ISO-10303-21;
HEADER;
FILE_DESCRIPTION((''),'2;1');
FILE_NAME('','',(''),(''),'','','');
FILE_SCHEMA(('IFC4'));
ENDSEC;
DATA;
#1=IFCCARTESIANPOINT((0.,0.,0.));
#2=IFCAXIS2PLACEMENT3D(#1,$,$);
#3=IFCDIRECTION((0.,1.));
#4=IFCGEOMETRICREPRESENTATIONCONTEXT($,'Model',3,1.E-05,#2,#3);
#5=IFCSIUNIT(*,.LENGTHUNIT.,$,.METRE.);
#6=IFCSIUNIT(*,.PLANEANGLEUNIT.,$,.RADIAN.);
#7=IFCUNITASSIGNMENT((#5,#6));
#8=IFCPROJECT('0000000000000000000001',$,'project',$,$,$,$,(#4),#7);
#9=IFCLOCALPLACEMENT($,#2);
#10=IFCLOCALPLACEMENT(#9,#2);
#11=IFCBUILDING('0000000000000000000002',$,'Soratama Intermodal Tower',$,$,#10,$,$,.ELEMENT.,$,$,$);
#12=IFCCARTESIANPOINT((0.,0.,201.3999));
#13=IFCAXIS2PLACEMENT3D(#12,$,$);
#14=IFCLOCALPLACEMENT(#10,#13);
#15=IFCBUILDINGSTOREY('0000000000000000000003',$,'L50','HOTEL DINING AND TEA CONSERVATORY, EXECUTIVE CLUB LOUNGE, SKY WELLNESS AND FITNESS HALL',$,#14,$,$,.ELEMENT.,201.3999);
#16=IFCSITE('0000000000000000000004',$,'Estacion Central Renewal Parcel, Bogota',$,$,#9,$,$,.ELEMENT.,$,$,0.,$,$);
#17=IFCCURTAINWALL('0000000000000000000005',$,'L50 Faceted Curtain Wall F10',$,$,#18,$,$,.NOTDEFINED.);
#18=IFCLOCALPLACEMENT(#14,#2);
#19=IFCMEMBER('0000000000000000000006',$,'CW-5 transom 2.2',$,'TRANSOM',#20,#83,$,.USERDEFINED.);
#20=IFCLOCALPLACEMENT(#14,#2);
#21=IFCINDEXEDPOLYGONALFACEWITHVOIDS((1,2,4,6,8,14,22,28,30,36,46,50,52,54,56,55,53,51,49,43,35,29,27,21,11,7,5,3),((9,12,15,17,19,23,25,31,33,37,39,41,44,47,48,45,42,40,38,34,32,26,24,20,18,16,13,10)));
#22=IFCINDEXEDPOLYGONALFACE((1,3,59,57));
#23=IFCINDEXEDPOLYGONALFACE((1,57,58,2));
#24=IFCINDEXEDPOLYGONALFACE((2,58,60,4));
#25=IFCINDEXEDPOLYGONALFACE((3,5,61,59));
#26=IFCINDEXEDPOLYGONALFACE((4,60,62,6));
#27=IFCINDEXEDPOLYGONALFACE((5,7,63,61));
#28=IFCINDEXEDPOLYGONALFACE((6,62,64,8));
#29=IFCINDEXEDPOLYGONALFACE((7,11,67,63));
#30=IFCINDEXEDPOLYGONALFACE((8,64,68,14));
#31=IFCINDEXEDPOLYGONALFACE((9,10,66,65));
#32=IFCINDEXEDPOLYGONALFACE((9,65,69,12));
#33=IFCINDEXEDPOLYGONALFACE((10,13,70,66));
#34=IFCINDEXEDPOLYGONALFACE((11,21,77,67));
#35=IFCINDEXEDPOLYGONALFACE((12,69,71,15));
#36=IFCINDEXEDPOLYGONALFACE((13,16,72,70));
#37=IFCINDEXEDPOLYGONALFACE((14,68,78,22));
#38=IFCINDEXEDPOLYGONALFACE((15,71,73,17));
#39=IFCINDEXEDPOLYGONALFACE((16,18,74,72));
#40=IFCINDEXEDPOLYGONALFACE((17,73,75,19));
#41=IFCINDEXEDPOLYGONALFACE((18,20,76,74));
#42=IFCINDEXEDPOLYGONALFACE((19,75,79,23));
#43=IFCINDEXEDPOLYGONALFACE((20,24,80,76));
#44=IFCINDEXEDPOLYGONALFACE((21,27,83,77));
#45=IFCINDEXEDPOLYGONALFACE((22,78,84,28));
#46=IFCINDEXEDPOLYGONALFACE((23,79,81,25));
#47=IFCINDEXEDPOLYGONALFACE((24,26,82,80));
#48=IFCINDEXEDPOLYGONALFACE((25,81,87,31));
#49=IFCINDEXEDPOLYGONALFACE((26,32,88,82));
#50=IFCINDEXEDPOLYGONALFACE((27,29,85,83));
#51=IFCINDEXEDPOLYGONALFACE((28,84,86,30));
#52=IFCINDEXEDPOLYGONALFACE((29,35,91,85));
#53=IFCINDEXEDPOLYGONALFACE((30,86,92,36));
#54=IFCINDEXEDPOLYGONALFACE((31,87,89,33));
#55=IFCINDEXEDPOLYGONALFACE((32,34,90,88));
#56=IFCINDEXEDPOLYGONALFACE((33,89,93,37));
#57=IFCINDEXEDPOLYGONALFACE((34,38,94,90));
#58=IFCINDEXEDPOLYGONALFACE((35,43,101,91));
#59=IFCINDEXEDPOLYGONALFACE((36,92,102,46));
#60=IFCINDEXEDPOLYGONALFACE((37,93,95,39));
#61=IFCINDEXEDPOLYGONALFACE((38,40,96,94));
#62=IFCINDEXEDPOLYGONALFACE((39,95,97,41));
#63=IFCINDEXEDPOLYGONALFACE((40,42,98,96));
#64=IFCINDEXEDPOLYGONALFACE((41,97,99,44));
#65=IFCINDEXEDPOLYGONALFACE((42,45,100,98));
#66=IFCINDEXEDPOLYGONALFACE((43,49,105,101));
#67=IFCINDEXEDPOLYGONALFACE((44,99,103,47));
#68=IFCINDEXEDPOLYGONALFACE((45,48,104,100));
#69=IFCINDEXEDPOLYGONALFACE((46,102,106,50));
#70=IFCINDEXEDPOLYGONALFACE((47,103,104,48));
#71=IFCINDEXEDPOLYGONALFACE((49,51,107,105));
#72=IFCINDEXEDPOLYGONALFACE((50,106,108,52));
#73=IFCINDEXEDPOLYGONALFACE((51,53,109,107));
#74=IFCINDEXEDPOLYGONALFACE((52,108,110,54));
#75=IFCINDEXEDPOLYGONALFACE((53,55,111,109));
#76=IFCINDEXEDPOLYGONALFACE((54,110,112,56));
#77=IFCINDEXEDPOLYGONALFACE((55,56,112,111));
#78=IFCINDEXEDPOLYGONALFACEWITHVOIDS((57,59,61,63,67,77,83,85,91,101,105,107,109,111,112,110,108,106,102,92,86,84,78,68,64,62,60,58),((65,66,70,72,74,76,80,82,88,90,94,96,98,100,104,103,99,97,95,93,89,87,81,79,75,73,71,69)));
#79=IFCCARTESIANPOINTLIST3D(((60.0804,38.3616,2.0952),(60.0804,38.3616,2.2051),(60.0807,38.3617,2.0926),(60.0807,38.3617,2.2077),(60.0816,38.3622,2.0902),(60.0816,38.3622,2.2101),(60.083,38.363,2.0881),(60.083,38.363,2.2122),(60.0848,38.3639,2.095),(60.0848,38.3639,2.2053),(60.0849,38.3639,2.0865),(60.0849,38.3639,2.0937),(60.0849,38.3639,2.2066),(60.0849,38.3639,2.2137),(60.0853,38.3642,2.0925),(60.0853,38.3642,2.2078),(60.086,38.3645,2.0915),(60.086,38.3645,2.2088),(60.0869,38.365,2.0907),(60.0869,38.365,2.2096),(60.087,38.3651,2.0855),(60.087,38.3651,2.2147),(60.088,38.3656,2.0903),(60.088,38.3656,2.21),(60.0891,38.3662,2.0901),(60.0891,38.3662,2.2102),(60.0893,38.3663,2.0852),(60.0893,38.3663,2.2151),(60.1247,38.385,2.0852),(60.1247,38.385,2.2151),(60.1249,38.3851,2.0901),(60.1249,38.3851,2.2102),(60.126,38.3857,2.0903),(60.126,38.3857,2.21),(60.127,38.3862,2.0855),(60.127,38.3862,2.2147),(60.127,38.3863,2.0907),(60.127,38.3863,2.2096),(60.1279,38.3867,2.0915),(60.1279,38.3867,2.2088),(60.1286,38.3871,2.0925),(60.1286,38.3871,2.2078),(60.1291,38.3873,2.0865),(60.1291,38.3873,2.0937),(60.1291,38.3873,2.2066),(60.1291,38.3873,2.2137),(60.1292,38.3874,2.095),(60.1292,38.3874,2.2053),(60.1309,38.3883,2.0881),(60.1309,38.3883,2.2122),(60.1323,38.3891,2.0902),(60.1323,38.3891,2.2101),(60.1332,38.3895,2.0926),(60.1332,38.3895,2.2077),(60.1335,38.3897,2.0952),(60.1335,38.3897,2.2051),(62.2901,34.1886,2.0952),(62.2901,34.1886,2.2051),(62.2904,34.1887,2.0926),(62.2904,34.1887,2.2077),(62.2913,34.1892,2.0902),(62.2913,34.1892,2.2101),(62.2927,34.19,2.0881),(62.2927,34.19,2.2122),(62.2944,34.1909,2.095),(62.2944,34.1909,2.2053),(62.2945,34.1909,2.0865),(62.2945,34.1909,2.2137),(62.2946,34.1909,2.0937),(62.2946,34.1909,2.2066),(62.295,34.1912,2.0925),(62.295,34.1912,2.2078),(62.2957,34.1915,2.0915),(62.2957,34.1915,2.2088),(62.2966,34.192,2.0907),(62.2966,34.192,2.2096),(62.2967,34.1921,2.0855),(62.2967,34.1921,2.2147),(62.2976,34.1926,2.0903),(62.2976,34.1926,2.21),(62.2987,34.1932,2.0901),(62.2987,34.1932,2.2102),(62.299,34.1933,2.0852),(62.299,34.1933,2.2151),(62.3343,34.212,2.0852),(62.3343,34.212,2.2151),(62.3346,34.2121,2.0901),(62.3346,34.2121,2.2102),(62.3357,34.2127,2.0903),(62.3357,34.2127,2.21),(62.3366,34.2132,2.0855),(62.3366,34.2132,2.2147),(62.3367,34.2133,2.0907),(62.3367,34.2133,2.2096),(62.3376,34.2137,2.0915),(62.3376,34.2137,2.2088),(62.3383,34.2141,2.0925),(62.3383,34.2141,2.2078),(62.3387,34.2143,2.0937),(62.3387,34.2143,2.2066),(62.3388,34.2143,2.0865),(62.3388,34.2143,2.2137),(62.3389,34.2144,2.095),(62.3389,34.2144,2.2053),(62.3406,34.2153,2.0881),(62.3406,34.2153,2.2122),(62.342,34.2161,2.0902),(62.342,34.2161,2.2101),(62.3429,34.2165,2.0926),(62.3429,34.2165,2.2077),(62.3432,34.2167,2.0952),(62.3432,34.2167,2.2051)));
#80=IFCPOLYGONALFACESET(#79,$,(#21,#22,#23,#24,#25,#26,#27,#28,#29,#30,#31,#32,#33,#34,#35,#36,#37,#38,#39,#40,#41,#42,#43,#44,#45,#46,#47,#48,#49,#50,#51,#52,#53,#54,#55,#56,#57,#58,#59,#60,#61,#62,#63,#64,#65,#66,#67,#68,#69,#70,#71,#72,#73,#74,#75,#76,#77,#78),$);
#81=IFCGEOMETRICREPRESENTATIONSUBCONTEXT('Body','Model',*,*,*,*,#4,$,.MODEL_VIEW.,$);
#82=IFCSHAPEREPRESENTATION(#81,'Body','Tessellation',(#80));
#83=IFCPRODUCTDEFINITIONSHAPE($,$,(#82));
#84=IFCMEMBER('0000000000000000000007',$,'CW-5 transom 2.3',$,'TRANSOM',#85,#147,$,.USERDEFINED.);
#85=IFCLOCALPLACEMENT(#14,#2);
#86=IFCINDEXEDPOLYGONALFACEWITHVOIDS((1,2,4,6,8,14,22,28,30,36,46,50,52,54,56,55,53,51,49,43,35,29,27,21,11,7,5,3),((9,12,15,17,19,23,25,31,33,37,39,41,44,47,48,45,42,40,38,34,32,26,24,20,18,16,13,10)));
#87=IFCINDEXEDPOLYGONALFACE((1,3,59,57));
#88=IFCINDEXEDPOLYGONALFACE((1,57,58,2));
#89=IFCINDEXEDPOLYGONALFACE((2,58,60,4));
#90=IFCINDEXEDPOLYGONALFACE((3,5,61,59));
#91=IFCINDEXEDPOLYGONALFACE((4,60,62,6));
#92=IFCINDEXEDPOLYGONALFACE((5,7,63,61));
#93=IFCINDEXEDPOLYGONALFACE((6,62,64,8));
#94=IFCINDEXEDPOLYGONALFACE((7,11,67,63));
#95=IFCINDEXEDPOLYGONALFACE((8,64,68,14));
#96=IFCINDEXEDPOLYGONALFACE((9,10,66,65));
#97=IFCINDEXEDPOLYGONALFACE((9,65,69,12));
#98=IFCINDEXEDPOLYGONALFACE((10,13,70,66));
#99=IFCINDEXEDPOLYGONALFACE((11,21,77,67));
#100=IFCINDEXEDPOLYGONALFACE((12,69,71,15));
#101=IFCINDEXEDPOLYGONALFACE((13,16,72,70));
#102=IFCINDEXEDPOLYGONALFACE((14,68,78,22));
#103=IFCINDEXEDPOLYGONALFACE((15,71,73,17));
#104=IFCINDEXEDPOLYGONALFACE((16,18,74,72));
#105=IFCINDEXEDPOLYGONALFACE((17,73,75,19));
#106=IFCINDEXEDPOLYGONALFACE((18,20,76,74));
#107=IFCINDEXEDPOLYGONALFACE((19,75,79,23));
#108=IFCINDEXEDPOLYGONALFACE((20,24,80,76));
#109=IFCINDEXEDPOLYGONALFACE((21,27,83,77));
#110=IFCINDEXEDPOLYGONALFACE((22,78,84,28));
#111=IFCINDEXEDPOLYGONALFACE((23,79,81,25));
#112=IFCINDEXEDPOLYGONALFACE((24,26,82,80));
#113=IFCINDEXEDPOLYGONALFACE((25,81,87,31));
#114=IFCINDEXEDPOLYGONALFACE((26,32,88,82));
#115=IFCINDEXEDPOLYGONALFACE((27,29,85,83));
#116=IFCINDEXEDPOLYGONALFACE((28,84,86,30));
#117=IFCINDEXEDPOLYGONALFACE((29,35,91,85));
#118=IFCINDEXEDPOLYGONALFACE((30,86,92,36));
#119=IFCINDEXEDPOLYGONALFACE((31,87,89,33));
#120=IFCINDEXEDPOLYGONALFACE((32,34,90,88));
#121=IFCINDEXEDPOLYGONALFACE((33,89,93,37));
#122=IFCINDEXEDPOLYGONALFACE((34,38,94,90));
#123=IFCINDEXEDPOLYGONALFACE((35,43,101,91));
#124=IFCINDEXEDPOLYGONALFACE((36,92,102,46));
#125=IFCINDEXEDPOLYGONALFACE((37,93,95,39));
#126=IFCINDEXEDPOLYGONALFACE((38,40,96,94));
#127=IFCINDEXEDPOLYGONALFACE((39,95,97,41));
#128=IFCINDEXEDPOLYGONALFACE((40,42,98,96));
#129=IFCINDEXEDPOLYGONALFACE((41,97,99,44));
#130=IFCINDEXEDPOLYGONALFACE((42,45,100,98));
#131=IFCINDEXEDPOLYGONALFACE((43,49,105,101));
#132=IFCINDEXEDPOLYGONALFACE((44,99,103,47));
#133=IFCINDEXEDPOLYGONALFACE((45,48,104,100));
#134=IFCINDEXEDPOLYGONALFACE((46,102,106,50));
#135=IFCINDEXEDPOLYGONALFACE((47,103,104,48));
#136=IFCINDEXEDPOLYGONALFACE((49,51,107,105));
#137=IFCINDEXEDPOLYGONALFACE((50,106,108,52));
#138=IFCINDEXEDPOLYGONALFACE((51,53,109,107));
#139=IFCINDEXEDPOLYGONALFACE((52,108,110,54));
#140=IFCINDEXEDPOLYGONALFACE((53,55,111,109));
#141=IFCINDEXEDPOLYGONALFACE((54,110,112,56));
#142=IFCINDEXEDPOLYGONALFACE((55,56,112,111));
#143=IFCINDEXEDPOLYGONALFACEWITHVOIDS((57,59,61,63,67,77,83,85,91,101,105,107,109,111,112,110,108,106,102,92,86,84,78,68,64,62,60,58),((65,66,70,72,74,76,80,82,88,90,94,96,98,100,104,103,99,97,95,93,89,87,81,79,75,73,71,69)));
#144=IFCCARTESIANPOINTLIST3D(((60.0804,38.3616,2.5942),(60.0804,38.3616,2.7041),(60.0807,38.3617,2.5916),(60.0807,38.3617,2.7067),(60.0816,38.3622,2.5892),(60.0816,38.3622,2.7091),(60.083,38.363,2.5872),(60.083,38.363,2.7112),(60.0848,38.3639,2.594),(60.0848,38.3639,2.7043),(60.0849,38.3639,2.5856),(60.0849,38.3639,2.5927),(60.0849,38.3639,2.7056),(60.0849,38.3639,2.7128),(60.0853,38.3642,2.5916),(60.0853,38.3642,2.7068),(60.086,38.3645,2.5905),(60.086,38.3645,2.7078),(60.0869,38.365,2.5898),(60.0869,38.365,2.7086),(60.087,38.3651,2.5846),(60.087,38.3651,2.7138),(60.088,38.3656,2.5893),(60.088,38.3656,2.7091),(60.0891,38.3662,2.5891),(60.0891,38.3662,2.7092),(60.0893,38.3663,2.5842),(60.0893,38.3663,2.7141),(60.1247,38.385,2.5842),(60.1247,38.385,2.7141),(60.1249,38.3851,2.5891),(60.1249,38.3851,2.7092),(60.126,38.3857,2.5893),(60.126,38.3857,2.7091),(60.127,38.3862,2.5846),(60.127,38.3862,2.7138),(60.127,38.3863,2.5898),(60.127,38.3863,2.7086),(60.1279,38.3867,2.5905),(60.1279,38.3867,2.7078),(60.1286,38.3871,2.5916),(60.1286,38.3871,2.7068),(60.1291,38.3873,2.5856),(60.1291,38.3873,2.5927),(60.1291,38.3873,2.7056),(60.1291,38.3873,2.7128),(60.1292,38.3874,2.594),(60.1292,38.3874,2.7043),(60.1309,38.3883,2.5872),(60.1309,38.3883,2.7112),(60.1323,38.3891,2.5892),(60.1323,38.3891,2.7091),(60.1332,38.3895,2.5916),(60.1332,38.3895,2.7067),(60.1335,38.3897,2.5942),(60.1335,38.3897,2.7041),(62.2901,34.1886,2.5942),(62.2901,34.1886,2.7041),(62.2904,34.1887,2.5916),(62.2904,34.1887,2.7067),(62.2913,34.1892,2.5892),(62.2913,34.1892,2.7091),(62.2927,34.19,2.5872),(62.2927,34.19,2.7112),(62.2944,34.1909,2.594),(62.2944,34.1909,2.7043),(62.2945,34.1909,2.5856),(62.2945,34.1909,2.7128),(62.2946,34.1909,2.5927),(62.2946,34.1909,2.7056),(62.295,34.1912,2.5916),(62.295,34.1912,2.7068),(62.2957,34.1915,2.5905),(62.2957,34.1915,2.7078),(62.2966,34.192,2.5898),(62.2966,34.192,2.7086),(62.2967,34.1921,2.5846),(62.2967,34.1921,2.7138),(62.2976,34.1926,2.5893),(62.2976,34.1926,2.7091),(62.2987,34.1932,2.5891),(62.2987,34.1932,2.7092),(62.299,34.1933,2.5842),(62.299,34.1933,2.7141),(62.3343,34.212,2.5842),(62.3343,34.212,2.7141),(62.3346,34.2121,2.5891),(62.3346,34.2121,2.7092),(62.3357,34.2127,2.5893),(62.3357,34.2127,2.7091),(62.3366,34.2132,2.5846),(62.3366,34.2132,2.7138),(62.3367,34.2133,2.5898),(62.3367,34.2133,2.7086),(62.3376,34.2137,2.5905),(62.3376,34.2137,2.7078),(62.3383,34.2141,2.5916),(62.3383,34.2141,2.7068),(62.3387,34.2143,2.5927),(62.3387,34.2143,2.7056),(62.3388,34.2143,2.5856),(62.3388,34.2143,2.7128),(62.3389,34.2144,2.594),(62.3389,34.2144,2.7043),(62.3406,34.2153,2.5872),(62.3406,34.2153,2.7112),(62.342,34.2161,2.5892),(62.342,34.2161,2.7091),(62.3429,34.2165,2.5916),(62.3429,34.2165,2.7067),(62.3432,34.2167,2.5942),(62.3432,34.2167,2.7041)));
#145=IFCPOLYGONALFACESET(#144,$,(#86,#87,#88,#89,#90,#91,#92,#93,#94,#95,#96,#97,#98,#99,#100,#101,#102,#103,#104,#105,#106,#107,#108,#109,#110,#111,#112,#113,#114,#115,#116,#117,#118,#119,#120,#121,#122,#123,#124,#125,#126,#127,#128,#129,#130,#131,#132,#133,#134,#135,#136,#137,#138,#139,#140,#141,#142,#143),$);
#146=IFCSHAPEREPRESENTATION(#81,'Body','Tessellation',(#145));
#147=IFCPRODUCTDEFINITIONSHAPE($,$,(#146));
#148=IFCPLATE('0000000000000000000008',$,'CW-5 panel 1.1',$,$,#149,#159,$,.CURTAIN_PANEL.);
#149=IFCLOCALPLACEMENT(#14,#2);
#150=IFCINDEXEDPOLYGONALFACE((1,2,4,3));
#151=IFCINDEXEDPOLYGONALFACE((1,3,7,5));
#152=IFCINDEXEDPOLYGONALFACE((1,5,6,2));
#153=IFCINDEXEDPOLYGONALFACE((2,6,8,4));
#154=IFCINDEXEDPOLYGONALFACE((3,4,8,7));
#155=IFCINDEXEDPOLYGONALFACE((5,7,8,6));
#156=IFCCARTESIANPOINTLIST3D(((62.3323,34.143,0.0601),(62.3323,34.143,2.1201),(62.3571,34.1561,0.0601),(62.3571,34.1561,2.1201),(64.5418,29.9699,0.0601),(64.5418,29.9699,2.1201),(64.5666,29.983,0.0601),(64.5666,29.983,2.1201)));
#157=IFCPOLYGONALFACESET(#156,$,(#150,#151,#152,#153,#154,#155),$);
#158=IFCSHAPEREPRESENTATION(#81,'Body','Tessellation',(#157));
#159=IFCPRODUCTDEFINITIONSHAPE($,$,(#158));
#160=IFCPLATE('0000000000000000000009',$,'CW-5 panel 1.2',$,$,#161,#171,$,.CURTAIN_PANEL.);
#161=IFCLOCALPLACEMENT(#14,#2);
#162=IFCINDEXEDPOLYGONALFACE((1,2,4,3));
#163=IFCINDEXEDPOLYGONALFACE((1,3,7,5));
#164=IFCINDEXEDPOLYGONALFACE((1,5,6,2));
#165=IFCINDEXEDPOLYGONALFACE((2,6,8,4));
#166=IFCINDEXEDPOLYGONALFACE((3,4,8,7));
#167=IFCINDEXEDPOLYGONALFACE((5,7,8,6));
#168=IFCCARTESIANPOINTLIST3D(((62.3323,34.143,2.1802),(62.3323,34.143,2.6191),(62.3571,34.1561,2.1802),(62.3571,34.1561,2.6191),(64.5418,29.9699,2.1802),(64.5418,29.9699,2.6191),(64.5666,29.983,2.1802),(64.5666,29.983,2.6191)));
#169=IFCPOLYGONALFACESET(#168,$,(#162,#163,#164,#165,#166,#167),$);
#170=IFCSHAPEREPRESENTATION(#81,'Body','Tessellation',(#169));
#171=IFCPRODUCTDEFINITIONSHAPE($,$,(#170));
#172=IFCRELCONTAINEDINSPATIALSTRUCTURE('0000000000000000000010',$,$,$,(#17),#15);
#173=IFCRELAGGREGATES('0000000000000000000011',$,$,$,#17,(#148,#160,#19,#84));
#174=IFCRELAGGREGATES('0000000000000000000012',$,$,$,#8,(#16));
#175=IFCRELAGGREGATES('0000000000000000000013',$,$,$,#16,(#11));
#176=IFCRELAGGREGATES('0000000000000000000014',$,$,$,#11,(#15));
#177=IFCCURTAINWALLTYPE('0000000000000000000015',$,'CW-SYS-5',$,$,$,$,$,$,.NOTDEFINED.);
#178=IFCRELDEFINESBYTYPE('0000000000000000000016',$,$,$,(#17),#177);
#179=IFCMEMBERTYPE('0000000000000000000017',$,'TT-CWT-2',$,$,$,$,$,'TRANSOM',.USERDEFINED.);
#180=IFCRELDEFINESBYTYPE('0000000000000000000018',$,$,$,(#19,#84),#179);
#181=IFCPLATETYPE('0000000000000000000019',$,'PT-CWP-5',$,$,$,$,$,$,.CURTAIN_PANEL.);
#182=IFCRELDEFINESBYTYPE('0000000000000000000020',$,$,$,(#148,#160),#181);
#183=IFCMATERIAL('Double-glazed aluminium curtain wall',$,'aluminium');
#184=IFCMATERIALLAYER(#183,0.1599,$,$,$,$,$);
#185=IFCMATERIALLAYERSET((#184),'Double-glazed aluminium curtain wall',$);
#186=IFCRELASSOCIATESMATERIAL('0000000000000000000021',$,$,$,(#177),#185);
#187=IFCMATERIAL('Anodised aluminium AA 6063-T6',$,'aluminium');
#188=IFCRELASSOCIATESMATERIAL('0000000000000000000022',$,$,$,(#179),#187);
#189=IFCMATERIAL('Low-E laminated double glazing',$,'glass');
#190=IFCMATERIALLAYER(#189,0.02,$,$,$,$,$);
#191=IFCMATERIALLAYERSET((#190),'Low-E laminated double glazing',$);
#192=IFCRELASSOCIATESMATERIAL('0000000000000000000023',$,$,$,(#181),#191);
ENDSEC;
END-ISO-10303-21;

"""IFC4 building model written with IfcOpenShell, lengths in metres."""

from ifc_helpers import new_model, si_unit, direction, frame, origin, origin_2d, place, context, subcontext, project, spatial, rectangle, hollow_rectangle, extrude, material, layer, layer_set, material_profile, profile_set, type_object, element, aggregate, save


model = new_model("IFC4")

# Units and contexts
model_context = context("Model", 3, precision=1e-05, world=origin(), true_north=direction((0.0, 1.0)))
body_context = subcontext(model_context, "Body", "Model", "MODEL_VIEW")
ifc_project = project(units=[si_unit("LENGTHUNIT", "METRE"), si_unit("PLANEANGLEUNIT", "RADIAN")], contexts=[model_context])

# Site, building, storey
site_placement = place(None, origin())
site = spatial("IfcSite", under=ifc_project, at=site_placement, Name="Estacion Central Renewal Parcel, Bogota", CompositionType="ELEMENT", RefElevation=0.0)
building_placement = place(site_placement, origin())
building = spatial("IfcBuilding", under=site, at=building_placement, Name="Soratama Intermodal Tower", CompositionType="ELEMENT")
storey_placement = place(building_placement, frame((0.0, 0.0, 201.3999)))
storey = spatial("IfcBuildingStorey", under=building, at=storey_placement, Name="L50", Description="HOTEL DINING AND TEA CONSERVATORY, EXECUTIVE CLUB LOUNGE, SKY WELLNESS AND FITNESS HALL", CompositionType="ELEMENT", Elevation=201.3999)

# Curtain wall, members, plates
ifc_material_1 = material(Name="Double-glazed aluminium curtain wall", Category="aluminium")
ifc_layer_1 = layer(ifc_material_1, 0.1599)
ifc_layer_set_1 = layer_set([ifc_layer_1], Name="Double-glazed aluminium curtain wall")
curtain_wall_type = type_object("IfcCurtainWallType", Name="CW-SYS-5", PredefinedType="NOTDEFINED", material=ifc_layer_set_1)
curtain_wall_placement = place(storey_placement, origin())
curtain_wall = element("IfcCurtainWall", 1, at=curtain_wall_placement, inside=storey, type_object=curtain_wall_type, Name="L50 Faceted Curtain Wall F10", PredefinedType="NOTDEFINED")
ifc_material_2 = material(Name="Anodised aluminium AA 6063-T6", Category="aluminium")
ifc_material_profile_1 = material_profile(ifc_material_2, hollow_rectangle(XDim=0.0601, YDim=0.1299, WallThickness=0.0049, InnerFilletRadius=0.0049, OuterFilletRadius=0.01, at=origin_2d()), Name="CWT130X60X5")
ifc_profile_set_1 = profile_set([ifc_material_profile_1], Name="Anodised aluminium AA 6063-T6")
member_type_1 = type_object("IfcMemberType", Name="TT-CWT-2", ElementType="TRANSOM", PredefinedType="USERDEFINED", material=ifc_profile_set_1)
member_1_placement = place(storey_placement, frame((62.3167, 34.2026, 2.1501), z_axis=(-0.467959, 0.88375, 0.0), x_axis=(-0.88375, -0.467959, 0.0)))
member_1 = element("IfcMember", 2, at=member_1_placement, type_object=member_type_1, Name="CW-5 transom 2.2", ObjectType="TRANSOM", PredefinedType="USERDEFINED", context=body_context, shape_type="SweptSolid", body=[
    extrude(hollow_rectangle(XDim=0.0601, YDim=0.1299, WallThickness=0.0049, InnerFilletRadius=0.0049, OuterFilletRadius=0.01, at=origin_2d()), origin(), (0.0, 0.0, 1.0), 4.7219),
])
member_2_placement = place(storey_placement, frame((62.3167, 34.2026, 2.6492), z_axis=(-0.467959, 0.88375, 0.0), x_axis=(-0.88375, -0.467959, 0.0)))
member_2 = element("IfcMember", 3, at=member_2_placement, type_object=member_type_1, Name="CW-5 transom 2.3", ObjectType="TRANSOM", PredefinedType="USERDEFINED", context=body_context, shape_type="SweptSolid", body=[
    extrude(hollow_rectangle(XDim=0.0601, YDim=0.1299, WallThickness=0.0049, InnerFilletRadius=0.0049, OuterFilletRadius=0.01, at=origin_2d()), origin(), (0.0, 0.0, 1.0), 4.7219),
])
ifc_material_3 = material(Name="Low-E laminated double glazing", Category="glass")
ifc_layer_2 = layer(ifc_material_3, 0.02)
ifc_layer_set_2 = layer_set([ifc_layer_2], Name="Low-E laminated double glazing")
plate_type = type_object("IfcPlateType", Name="PT-CWP-5", PredefinedType="CURTAIN_PANEL", material=ifc_layer_set_2)
plate_1_placement = place(storey_placement, frame((63.4495, 32.063, 0.0601), z_axis=(0.0, 0.0, 1.0), x_axis=(-0.467932, 0.883765, 0.0)))
plate_1 = element("IfcPlate", 4, at=plate_1_placement, type_object=plate_type, Name="CW-5 panel 1.1", PredefinedType="CURTAIN_PANEL", context=body_context, shape_type="SweptSolid", body=[
    extrude(rectangle(XDim=4.7219, YDim=0.0281, at=origin_2d()), origin(), (0.0, 0.0, 1.0), 2.0601),
])
plate_2_placement = place(storey_placement, frame((63.4495, 32.063, 2.1802), z_axis=(0.0, 0.0, 1.0), x_axis=(-0.467932, 0.883765, 0.0)))
plate_2 = element("IfcPlate", 5, at=plate_2_placement, type_object=plate_type, Name="CW-5 panel 1.2", PredefinedType="CURTAIN_PANEL", context=body_context, shape_type="SweptSolid", body=[
    extrude(rectangle(XDim=4.7219, YDim=0.0281, at=origin_2d()), origin(), (0.0, 0.0, 1.0), 0.439),
])
aggregate(curtain_wall, [plate_1, plate_2, member_1, member_2])

save(model, "model.ifc")
